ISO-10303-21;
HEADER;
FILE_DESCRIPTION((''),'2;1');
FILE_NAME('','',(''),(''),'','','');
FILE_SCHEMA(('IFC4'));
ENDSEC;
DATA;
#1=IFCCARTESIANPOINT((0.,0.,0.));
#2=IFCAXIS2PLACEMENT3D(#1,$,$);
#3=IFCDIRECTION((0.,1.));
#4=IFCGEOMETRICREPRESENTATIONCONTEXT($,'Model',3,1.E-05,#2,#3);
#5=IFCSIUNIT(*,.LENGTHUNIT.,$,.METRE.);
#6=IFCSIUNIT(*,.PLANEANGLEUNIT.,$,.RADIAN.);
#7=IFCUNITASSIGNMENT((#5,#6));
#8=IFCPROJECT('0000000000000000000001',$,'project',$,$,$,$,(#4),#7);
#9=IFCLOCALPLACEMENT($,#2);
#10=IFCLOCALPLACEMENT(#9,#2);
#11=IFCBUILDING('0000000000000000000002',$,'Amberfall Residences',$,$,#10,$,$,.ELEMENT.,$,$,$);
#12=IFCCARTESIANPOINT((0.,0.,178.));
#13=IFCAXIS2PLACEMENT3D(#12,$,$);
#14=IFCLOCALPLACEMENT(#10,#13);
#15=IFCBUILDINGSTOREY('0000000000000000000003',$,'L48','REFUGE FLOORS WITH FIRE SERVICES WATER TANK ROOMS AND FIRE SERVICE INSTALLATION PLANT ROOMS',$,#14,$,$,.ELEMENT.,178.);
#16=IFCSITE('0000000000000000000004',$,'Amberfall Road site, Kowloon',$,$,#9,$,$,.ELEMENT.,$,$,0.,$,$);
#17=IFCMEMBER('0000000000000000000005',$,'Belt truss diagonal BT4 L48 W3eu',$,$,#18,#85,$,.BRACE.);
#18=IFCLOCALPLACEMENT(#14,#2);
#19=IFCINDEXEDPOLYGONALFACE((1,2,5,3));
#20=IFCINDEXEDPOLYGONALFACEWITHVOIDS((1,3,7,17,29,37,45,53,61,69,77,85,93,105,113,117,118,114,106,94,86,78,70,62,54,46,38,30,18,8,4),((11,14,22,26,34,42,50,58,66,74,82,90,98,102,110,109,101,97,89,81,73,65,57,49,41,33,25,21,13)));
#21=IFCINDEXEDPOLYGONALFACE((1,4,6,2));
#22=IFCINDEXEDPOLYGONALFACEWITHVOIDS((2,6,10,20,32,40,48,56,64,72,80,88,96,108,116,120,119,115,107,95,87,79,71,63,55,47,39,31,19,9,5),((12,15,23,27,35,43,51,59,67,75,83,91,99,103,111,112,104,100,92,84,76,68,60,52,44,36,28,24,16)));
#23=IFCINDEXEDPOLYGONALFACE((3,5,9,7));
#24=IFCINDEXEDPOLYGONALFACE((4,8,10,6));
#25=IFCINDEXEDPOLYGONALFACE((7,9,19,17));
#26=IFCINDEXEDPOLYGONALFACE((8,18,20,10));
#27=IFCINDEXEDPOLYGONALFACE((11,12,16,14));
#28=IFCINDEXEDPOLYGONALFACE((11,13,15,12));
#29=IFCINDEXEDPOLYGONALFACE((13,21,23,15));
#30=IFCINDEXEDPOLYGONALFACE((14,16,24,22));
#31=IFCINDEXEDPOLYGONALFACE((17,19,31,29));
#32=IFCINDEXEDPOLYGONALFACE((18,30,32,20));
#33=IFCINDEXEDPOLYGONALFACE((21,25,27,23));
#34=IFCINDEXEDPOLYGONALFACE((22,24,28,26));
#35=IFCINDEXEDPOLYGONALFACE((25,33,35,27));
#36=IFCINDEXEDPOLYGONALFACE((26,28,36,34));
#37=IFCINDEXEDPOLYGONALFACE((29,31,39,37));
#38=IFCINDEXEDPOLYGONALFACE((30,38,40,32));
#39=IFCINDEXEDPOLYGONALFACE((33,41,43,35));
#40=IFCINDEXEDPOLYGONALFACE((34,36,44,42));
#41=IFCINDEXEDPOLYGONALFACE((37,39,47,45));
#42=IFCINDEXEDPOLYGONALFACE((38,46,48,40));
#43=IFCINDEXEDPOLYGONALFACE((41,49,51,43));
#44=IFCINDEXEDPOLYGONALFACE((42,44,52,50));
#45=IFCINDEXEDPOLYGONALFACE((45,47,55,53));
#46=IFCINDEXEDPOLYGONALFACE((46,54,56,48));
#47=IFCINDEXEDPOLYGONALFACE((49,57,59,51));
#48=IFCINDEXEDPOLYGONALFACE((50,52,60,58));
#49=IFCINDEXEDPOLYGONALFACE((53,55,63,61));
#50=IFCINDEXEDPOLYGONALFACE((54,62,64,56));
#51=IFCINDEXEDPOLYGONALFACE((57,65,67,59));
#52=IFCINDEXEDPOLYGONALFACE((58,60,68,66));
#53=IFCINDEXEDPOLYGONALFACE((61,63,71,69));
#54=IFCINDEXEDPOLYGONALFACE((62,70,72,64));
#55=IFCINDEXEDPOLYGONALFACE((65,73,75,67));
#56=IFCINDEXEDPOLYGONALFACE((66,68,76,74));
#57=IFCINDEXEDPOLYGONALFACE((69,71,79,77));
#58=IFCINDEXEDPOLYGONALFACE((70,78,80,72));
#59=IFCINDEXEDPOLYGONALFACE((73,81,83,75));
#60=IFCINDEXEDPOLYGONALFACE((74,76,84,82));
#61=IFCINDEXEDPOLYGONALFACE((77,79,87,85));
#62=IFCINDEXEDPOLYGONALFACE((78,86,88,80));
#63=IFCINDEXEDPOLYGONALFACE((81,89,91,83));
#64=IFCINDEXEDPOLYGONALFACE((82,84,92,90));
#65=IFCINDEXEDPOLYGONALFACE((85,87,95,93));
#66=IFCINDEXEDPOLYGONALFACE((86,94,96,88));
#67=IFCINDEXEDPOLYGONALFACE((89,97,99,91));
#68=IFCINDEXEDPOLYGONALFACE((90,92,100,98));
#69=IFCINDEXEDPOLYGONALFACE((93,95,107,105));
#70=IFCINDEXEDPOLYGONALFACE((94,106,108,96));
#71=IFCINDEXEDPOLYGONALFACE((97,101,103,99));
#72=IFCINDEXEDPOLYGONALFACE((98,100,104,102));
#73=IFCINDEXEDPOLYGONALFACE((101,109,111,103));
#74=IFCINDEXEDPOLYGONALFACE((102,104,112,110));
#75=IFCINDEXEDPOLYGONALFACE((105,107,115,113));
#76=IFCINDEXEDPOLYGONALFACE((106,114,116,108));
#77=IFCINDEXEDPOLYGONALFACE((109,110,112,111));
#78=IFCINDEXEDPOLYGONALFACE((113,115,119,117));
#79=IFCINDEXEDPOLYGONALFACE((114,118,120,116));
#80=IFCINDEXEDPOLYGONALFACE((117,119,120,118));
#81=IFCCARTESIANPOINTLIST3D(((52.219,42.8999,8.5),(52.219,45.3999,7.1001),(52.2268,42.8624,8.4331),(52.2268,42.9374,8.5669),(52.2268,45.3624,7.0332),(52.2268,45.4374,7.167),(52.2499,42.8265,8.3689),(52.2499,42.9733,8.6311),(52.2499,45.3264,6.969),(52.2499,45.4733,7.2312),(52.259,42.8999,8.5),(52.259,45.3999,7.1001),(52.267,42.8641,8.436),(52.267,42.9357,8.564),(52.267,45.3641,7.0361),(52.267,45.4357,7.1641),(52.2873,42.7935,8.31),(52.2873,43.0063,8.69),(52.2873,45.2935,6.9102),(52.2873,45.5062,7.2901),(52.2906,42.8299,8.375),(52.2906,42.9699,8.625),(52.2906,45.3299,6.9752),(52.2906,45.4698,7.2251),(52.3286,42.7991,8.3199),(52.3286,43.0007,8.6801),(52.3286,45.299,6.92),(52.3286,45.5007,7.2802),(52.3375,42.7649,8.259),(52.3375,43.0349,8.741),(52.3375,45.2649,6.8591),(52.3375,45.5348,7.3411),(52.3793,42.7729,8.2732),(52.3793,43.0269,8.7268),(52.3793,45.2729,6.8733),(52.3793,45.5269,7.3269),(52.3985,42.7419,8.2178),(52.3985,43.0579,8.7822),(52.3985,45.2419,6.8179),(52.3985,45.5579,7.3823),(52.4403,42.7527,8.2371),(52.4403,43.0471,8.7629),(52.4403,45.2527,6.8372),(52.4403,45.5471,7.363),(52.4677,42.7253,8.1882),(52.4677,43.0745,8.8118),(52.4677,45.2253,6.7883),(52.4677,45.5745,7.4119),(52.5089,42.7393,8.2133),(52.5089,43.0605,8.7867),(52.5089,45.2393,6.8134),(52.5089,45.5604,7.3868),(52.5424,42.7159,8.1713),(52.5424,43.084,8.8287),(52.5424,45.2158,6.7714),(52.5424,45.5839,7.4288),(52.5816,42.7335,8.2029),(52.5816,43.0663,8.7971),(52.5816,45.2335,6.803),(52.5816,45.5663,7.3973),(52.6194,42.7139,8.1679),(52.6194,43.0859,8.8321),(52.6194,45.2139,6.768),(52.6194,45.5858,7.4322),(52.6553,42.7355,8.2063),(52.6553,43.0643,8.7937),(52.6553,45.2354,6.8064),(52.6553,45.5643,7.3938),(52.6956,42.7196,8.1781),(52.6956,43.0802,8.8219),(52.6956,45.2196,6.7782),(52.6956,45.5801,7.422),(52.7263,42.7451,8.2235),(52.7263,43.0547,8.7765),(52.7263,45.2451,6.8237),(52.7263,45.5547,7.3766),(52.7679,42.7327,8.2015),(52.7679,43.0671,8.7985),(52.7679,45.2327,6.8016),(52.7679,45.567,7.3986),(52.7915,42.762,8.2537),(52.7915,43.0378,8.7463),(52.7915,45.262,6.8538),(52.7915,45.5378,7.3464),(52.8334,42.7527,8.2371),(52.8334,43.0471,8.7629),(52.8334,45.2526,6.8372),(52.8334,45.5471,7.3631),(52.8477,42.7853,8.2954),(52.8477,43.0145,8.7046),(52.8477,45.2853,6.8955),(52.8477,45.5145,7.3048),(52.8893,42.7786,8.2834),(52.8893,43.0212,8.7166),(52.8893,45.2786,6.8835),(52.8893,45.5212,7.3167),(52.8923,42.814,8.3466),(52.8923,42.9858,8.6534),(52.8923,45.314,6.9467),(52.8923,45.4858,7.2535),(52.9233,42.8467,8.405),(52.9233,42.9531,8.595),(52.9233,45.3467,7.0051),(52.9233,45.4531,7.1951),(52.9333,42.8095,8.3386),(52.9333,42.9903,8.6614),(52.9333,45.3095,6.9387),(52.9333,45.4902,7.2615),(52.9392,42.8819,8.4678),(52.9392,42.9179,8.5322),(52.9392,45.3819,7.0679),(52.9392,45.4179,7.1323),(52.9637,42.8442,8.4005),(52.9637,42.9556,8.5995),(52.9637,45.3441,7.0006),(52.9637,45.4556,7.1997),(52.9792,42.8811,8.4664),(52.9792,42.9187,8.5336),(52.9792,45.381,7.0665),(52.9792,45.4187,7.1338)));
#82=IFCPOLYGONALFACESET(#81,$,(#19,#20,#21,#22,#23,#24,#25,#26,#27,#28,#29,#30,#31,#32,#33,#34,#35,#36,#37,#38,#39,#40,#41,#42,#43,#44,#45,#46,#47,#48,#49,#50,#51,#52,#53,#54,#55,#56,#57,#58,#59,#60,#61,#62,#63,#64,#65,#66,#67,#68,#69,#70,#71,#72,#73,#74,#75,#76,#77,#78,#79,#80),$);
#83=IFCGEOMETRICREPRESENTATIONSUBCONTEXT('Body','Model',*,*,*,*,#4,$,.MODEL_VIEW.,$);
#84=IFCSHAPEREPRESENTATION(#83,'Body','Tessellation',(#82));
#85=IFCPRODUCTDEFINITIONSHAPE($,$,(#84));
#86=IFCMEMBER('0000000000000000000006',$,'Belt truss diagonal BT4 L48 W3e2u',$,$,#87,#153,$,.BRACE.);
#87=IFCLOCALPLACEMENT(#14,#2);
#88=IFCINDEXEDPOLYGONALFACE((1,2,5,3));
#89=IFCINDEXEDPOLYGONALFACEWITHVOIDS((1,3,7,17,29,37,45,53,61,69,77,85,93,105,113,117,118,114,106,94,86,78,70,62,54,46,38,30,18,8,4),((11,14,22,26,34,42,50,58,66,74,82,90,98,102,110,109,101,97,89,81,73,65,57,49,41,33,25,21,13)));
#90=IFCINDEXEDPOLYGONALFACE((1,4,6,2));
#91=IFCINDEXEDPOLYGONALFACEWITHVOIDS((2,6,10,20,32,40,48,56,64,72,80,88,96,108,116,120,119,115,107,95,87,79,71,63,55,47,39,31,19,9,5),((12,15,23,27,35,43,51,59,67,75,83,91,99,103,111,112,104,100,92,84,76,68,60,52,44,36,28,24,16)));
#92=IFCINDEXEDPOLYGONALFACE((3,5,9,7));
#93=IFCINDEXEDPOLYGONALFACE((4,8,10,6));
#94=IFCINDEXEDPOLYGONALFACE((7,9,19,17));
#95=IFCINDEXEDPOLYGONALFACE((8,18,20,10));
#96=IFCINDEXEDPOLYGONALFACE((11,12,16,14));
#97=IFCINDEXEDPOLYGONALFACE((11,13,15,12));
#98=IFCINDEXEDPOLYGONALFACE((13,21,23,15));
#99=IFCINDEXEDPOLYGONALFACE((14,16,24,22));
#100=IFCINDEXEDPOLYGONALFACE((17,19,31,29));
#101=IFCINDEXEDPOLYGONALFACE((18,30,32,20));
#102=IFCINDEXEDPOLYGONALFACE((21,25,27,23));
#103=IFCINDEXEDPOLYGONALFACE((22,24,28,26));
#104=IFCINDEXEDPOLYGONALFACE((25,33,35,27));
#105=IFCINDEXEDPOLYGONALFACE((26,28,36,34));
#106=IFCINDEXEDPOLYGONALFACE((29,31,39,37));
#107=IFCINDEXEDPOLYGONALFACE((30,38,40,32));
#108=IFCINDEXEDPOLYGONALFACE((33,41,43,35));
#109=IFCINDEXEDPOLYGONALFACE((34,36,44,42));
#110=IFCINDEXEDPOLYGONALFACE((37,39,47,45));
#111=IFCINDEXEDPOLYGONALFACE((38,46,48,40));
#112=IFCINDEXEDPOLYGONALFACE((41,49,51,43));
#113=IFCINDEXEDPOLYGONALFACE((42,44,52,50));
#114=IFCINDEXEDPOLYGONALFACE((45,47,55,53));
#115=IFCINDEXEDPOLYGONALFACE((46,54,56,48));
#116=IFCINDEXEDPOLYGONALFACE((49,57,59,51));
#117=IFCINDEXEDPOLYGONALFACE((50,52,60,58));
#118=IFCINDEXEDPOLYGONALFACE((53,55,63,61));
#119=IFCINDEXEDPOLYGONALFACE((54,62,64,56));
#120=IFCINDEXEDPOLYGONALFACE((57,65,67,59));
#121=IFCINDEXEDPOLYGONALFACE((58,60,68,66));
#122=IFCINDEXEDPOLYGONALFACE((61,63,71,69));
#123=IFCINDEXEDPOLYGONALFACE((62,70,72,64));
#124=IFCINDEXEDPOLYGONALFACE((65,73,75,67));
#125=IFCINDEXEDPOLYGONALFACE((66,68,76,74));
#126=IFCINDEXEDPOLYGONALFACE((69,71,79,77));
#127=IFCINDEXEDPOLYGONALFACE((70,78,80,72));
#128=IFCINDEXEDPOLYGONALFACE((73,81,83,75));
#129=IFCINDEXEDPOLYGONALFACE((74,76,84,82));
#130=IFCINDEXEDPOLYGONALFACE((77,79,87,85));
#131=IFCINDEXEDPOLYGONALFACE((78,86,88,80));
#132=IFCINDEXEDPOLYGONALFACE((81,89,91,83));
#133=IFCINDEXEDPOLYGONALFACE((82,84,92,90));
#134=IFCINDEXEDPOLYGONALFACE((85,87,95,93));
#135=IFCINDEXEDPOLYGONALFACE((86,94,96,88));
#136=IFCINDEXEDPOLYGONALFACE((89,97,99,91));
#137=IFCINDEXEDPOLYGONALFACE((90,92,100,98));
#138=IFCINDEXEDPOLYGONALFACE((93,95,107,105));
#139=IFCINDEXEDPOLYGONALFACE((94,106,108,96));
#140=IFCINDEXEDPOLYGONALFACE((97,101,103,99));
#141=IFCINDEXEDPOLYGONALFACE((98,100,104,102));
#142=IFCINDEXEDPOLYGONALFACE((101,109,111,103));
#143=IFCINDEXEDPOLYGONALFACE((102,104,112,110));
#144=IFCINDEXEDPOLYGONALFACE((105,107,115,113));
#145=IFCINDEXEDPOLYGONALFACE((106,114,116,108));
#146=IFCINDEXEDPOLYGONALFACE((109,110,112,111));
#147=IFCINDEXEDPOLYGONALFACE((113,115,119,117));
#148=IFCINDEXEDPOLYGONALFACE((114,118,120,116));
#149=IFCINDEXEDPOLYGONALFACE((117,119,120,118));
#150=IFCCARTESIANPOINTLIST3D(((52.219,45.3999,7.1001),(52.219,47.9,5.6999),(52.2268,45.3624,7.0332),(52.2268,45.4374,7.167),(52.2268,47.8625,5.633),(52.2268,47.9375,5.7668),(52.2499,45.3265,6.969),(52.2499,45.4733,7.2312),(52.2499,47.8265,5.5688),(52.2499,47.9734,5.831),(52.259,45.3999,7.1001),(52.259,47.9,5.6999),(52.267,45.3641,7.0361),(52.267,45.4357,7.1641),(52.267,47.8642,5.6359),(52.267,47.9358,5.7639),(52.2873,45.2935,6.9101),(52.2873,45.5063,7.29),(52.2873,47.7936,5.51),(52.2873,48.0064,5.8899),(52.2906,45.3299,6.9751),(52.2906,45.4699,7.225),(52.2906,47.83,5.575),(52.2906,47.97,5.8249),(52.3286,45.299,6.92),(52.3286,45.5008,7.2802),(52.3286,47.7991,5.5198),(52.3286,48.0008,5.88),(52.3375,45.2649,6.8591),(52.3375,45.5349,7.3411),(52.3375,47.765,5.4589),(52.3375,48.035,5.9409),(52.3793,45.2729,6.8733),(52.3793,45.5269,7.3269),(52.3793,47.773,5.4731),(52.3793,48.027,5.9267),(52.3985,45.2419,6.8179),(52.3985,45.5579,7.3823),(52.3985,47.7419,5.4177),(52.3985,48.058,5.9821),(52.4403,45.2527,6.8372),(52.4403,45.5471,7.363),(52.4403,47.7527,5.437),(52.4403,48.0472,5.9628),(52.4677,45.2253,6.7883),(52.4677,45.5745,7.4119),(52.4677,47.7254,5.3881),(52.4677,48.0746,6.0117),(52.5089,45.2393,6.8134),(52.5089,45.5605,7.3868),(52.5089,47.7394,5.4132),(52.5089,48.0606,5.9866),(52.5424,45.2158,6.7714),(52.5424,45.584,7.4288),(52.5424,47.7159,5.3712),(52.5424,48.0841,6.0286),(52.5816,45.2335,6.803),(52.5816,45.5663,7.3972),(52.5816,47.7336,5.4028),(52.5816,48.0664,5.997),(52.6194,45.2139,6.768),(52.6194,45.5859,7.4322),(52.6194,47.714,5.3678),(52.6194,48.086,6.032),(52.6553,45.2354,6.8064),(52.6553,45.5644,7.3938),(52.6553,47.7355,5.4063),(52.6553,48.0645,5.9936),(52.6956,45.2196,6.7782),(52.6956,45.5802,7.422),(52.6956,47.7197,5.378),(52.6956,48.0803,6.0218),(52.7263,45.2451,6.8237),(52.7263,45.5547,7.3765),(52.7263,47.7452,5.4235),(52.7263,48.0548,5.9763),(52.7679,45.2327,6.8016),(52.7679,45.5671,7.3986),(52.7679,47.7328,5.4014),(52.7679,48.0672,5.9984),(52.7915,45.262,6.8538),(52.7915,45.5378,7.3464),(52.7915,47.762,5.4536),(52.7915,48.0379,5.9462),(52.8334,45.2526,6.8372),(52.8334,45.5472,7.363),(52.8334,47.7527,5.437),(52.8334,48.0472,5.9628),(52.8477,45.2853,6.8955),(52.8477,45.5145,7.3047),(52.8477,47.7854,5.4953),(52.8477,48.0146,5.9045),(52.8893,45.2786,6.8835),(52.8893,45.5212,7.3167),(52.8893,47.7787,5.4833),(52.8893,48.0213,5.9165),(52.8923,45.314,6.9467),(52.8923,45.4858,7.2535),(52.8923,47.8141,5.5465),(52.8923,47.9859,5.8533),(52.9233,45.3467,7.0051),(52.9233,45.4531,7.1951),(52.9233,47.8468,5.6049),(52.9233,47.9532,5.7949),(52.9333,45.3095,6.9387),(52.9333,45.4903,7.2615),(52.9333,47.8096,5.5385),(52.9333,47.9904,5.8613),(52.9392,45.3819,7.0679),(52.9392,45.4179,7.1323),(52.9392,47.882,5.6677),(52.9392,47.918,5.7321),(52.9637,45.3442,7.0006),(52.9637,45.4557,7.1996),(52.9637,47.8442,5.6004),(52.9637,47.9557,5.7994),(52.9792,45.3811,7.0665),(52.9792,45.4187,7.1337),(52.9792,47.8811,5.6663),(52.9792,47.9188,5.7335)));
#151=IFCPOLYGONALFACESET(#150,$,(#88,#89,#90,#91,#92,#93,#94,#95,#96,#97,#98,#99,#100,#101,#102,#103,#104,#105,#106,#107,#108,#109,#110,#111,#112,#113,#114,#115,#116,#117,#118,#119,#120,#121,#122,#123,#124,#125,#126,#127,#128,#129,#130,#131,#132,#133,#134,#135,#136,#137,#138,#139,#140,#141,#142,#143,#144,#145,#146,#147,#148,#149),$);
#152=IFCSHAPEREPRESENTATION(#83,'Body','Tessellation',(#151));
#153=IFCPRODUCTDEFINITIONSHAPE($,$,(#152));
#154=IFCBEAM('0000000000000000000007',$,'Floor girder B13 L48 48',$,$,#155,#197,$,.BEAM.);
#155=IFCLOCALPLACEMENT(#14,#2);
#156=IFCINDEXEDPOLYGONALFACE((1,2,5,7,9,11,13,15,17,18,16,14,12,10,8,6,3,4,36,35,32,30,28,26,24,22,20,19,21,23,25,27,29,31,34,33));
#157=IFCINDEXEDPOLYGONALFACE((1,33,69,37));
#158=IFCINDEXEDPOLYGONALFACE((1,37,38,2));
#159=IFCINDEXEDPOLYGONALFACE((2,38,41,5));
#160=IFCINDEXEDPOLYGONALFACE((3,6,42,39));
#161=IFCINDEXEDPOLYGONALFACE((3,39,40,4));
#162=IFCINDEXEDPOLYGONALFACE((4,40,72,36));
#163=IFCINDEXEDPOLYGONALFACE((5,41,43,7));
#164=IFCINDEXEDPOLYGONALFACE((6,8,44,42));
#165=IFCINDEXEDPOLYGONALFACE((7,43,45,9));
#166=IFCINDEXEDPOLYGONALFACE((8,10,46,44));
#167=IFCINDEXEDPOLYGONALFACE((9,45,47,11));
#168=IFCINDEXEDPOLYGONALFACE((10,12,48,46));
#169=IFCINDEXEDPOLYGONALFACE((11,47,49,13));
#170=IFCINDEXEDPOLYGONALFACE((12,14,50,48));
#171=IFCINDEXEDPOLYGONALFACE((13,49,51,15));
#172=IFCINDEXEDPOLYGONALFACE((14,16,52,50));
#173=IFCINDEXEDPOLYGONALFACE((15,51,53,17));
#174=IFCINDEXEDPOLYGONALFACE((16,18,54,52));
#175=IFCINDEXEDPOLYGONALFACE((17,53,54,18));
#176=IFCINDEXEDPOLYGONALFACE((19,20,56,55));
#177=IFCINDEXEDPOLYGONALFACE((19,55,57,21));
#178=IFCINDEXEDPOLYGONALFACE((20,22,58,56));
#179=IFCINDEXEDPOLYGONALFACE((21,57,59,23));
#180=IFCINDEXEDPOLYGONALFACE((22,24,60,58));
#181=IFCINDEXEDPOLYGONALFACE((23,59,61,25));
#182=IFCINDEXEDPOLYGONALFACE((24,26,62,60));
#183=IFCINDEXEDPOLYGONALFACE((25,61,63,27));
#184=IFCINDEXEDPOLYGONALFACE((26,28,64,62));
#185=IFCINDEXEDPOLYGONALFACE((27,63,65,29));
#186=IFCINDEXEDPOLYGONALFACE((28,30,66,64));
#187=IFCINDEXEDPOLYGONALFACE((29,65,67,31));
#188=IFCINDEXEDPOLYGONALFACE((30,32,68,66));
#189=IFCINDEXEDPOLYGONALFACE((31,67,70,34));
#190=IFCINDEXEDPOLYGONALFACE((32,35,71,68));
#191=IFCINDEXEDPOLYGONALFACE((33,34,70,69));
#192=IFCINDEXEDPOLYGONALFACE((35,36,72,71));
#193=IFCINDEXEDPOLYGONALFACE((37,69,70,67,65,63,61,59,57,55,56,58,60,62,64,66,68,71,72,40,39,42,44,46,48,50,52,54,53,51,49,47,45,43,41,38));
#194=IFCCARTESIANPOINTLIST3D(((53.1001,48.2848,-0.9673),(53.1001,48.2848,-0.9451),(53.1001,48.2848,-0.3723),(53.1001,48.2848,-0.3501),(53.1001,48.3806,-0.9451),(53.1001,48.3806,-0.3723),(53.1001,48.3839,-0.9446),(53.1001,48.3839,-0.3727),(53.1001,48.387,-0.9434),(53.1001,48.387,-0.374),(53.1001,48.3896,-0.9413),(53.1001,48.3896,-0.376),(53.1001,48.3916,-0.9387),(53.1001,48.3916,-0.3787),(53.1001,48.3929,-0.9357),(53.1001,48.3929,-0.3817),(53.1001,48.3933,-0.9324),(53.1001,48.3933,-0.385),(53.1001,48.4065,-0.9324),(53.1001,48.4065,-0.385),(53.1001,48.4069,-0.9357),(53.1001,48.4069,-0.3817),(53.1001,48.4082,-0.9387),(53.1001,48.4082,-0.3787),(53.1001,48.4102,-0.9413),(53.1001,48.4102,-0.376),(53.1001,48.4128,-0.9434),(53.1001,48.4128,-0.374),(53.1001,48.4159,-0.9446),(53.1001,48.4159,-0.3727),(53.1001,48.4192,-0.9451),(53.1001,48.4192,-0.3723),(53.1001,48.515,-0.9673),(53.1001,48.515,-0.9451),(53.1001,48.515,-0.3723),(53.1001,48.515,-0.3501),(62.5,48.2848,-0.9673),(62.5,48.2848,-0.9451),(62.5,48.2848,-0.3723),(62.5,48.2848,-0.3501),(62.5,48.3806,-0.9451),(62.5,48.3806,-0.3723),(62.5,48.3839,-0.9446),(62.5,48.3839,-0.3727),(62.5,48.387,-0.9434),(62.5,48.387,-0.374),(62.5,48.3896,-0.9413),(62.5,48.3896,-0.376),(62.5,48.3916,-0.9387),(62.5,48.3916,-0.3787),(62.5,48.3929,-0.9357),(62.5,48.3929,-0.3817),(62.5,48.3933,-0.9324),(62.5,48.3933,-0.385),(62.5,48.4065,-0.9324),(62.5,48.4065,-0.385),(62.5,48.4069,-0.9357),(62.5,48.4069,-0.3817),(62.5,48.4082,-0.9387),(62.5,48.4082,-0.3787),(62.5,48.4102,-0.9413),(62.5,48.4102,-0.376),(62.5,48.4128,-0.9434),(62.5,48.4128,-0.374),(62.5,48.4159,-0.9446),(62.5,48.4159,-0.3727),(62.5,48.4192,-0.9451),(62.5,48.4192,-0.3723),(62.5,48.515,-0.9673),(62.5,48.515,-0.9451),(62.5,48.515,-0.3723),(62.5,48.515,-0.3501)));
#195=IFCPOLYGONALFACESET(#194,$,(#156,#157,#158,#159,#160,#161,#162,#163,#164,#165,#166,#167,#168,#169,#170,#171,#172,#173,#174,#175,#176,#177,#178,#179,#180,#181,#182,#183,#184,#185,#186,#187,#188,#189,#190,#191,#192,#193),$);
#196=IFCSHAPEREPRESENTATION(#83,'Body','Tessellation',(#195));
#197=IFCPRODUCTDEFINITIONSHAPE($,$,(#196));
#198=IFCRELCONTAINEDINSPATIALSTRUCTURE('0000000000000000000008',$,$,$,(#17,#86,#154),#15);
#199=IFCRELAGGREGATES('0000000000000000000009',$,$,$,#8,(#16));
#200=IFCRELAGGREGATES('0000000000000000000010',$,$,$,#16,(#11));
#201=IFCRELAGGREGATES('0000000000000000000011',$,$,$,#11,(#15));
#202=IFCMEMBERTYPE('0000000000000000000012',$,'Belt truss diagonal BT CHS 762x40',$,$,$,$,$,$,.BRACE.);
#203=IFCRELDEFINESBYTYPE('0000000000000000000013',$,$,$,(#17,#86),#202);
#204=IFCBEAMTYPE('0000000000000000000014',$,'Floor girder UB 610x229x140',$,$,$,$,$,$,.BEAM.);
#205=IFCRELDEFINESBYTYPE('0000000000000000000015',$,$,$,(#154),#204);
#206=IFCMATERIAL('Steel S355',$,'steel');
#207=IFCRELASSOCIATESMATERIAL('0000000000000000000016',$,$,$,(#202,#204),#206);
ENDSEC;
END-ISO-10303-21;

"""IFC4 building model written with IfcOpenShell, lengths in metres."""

from ifc_helpers import new_model, si_unit, direction, frame, origin, origin_2d, place, context, subcontext, project, spatial, hollow_circle, i_section, extrude, material, material_profile, profile_set, type_object, element, save


model = new_model("IFC4")

# Units and contexts
model_context = context("Model", 3, precision=1e-05, world=origin(), true_north=direction((0.0, 1.0)))
body_context = subcontext(model_context, "Body", "Model", "MODEL_VIEW")
ifc_project = project(units=[si_unit("LENGTHUNIT", "METRE"), si_unit("PLANEANGLEUNIT", "RADIAN")], contexts=[model_context])

# Site, building, storey
site_placement = place(None, origin())
site = spatial("IfcSite", under=ifc_project, at=site_placement, Name="Amberfall Road site, Kowloon", CompositionType="ELEMENT", RefElevation=0.0)
building_placement = place(site_placement, origin())
building = spatial("IfcBuilding", under=site, at=building_placement, Name="Amberfall Residences", CompositionType="ELEMENT")
storey_placement = place(building_placement, frame((0.0, 0.0, 178.0)))
storey = spatial("IfcBuildingStorey", under=building, at=storey_placement, Name="L48", Description="REFUGE FLOORS WITH FIRE SERVICES WATER TANK ROOMS AND FIRE SERVICE INSTALLATION PLANT ROOMS", CompositionType="ELEMENT", Elevation=178.0)

# Members
ifc_material_1 = material(Name="Steel S355", Category="steel")
ifc_material_profile_1 = material_profile(ifc_material_1, hollow_circle(Radius=0.3811, WallThickness=0.04, at=origin_2d()), Name="CHS 762x40")
ifc_profile_set_1 = profile_set([ifc_material_profile_1], Name="Steel S355")
member_type_1 = type_object("IfcMemberType", Name="Belt truss diagonal BT CHS 762x40", PredefinedType="BRACE", material=ifc_profile_set_1)
member_1_placement = place(storey_placement, frame((52.6001, 42.8999, 8.5), z_axis=(0.0, 0.872521, -0.488577), x_axis=(-1.0, 0.0, 0.0)))
element("IfcMember", 1, at=member_1_placement, inside=storey, type_object=member_type_1, Name="Belt truss diagonal BT4 L48 W3eu", PredefinedType="BRACE", context=body_context, shape_type="SweptSolid", body=[
    extrude(hollow_circle(Radius=0.3811, WallThickness=0.04, at=origin_2d()), origin(), (0.0, 0.0, 1.0), 2.8652),
])
member_2_placement = place(storey_placement, frame((52.6001, 45.3999, 7.1001), z_axis=(0.0, 0.872484, -0.488642), x_axis=(-1.0, 0.0, 0.0)))
element("IfcMember", 2, at=member_2_placement, inside=storey, type_object=member_type_1, Name="Belt truss diagonal BT4 L48 W3e2u", PredefinedType="BRACE", context=body_context, shape_type="SweptSolid", body=[
    extrude(hollow_circle(Radius=0.3811, WallThickness=0.04, at=origin_2d()), origin(), (0.0, 0.0, 1.0), 2.8655),
])

# Beam
ifc_material_profile_2 = material_profile(ifc_material_1, i_section(OverallWidth=0.2302, OverallDepth=0.6172, WebThickness=0.0132, FlangeThickness=0.0222, FilletRadius=0.0127, at=origin_2d()), Name="UB 610x229x140")
ifc_profile_set_2 = profile_set([ifc_material_profile_2], Name="Steel S355")
beam_type_1 = type_object("IfcBeamType", Name="Floor girder UB 610x229x140", PredefinedType="BEAM", material=ifc_profile_set_2)
beam_placement = place(storey_placement, frame((53.1001, 48.3999, -0.6587), z_axis=(1.0, 0.0, 0.0), x_axis=(0.0, 1.0, 0.0)))
element("IfcBeam", 3, at=beam_placement, inside=storey, type_object=beam_type_1, Name="Floor girder B13 L48 48", PredefinedType="BEAM", context=body_context, shape_type="SweptSolid", body=[
    extrude(i_section(OverallWidth=0.2302, OverallDepth=0.6172, WebThickness=0.0132, FlangeThickness=0.0222, FilletRadius=0.0127, at=origin_2d()), origin(), (0.0, 0.0, 1.0), 9.3999),
])

save(model, "model.ifc")
